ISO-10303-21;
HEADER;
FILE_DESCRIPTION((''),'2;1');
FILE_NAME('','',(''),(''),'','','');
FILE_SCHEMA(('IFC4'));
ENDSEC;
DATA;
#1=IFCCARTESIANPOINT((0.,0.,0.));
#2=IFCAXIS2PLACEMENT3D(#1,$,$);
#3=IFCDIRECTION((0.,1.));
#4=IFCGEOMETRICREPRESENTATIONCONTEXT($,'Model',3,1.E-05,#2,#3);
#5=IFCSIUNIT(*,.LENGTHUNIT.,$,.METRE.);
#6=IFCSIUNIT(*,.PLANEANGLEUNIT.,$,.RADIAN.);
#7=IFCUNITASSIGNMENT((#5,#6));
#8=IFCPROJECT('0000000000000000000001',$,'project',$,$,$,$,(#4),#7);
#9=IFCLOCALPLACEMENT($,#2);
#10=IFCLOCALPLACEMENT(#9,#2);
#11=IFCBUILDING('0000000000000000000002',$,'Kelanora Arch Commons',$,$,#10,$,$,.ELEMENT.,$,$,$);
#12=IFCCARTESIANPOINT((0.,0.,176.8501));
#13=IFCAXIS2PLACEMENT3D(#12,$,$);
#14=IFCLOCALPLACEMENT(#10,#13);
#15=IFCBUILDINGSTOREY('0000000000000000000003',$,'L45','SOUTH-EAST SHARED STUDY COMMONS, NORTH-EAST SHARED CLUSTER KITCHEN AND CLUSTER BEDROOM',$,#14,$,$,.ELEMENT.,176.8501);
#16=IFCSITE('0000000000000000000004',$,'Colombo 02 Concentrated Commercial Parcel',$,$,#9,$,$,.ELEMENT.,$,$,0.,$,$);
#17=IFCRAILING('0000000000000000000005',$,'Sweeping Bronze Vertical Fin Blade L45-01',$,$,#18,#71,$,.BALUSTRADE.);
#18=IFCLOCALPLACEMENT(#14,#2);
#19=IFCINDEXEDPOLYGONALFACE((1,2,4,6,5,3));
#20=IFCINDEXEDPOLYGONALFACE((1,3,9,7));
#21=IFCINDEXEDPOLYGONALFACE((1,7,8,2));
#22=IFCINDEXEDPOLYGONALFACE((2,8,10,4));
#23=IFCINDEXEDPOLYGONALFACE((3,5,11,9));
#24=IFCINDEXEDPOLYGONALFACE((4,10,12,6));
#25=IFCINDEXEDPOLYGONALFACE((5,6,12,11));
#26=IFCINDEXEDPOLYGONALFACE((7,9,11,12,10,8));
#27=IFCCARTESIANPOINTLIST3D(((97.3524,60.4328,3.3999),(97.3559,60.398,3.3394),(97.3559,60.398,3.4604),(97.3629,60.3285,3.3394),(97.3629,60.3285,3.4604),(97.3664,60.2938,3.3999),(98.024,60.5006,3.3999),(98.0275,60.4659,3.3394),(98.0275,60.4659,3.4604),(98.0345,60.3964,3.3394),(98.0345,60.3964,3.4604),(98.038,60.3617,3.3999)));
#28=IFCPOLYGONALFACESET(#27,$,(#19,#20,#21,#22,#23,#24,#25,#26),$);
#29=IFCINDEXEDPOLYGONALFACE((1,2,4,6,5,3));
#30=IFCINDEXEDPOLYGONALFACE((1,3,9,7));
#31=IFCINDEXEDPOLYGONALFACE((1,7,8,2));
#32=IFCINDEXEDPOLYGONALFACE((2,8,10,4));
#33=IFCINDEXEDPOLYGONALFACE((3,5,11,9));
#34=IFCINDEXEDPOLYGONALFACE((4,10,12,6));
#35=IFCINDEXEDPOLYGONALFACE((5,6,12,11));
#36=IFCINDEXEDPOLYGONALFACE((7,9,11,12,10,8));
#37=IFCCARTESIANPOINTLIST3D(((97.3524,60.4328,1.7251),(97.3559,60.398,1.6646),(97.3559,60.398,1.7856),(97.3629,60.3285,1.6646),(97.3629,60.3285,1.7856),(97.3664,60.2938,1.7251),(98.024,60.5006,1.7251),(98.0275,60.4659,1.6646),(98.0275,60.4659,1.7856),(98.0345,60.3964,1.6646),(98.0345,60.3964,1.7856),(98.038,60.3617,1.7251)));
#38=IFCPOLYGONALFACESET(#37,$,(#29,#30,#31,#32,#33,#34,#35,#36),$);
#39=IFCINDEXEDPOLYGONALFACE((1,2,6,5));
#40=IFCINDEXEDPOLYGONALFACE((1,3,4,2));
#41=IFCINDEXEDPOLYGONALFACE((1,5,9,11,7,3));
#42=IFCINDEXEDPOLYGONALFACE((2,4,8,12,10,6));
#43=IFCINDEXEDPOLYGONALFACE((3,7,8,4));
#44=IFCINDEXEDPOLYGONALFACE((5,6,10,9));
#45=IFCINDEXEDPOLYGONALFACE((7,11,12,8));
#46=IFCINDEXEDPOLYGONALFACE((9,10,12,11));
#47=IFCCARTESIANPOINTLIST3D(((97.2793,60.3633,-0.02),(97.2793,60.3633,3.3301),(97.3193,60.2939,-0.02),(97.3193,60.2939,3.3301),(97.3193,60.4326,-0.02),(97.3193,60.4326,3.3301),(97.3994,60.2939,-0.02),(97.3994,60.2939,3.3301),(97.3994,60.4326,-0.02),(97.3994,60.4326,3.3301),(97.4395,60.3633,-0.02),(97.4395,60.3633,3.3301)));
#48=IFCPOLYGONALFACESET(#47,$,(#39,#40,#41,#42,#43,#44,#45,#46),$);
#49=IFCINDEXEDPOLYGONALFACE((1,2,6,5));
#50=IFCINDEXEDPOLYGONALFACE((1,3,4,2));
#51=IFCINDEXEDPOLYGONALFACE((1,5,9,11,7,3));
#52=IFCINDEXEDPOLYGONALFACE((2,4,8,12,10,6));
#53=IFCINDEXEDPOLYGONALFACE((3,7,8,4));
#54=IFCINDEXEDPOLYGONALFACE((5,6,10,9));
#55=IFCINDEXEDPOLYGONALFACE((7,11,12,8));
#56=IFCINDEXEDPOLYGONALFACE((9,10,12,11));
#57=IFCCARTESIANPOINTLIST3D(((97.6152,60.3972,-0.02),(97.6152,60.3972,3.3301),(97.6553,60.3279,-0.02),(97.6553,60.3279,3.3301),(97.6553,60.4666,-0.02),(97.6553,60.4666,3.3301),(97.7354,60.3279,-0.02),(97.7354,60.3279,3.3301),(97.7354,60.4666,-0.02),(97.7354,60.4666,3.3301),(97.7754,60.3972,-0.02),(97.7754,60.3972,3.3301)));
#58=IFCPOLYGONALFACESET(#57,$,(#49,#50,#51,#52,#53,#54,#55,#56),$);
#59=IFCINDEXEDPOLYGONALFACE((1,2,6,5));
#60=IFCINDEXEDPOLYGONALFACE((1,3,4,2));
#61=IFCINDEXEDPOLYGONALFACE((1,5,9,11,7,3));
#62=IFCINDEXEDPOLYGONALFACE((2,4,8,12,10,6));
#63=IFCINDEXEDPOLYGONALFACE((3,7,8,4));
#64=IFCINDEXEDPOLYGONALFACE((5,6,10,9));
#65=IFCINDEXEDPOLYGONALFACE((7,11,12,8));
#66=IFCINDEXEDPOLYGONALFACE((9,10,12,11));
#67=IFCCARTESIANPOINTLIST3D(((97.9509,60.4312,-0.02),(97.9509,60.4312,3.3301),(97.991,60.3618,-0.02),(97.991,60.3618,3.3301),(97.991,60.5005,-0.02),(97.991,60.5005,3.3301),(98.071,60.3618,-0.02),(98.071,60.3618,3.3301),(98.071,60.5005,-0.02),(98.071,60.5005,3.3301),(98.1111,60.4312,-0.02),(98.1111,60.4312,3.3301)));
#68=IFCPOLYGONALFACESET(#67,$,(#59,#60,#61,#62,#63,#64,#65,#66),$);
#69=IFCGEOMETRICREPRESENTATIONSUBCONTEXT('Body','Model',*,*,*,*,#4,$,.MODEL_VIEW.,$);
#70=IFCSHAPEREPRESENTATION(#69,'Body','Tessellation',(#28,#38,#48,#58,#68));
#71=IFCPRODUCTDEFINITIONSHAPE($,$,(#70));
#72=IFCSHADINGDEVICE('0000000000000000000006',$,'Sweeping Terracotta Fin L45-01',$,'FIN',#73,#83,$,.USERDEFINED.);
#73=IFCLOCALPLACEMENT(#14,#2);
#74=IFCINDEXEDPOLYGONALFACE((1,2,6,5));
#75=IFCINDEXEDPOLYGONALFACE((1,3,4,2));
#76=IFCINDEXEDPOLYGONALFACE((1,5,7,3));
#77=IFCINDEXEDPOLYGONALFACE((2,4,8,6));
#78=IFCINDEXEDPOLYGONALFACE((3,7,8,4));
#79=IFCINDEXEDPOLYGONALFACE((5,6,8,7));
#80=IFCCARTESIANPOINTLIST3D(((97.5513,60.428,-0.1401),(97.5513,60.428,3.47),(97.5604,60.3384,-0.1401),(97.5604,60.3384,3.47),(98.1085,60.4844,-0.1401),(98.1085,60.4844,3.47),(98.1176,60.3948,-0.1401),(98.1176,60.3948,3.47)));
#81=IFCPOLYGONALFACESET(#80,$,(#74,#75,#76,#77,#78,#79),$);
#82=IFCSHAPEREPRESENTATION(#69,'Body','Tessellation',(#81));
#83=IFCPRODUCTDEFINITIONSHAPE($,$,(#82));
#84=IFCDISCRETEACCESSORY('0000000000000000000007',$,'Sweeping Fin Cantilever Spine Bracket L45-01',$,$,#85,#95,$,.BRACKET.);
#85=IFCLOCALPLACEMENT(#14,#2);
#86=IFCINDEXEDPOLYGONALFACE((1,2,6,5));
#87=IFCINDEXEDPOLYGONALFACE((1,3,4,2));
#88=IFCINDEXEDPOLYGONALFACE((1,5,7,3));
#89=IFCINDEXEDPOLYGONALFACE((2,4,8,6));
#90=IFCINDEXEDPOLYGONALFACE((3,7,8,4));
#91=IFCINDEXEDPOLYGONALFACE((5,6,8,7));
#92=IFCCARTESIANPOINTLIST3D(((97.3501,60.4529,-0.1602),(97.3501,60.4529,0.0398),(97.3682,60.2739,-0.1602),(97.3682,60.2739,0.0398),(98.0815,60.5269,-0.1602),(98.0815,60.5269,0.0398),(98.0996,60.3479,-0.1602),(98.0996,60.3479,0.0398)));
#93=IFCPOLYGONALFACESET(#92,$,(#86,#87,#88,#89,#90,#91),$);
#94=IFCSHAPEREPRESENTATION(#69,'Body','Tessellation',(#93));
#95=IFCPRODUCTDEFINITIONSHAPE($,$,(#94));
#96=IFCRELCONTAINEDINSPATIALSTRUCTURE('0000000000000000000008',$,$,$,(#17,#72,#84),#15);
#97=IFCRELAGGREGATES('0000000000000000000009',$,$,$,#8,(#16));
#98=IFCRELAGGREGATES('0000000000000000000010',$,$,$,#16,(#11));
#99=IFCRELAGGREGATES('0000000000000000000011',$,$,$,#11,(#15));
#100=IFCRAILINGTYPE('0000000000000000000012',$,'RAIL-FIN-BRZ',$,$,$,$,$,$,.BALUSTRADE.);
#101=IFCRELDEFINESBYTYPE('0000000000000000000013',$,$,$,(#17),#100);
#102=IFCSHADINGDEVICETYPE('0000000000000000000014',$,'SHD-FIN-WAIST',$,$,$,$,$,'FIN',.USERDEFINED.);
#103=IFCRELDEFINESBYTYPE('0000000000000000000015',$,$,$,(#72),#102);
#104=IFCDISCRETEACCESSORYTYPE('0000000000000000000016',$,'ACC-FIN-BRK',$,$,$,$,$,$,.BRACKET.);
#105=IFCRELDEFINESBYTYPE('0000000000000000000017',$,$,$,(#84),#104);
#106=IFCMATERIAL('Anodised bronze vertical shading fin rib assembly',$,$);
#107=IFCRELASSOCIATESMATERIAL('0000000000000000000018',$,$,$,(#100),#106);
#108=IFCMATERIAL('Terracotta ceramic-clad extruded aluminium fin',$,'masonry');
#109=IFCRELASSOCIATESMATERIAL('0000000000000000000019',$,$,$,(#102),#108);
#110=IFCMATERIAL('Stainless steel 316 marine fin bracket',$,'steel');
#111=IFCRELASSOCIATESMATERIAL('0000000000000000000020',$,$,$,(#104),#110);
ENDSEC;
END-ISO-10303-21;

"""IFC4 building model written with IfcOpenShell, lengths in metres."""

from ifc_helpers import new_model, si_unit, direction, frame, origin, origin_2d, place, context, subcontext, project, spatial, polyline, rectangle, outline, extrude, source, transform, mapped, material, type_object, element, save


model = new_model("IFC4")

# Units and contexts
model_context = context("Model", 3, precision=1e-05, world=origin(), true_north=direction((0.0, 1.0)))
body_context = subcontext(model_context, "Body", "Model", "MODEL_VIEW")
ifc_project = project(units=[si_unit("LENGTHUNIT", "METRE"), si_unit("PLANEANGLEUNIT", "RADIAN")], contexts=[model_context])

# Site, building, storey
site_placement = place(None, origin())
site = spatial("IfcSite", under=ifc_project, at=site_placement, Name="Colombo 02 Concentrated Commercial Parcel", CompositionType="ELEMENT", RefElevation=0.0)
building_placement = place(site_placement, origin())
building = spatial("IfcBuilding", under=site, at=building_placement, Name="Kelanora Arch Commons", CompositionType="ELEMENT")
storey_placement = place(building_placement, frame((0.0, 0.0, 176.8501)))
storey = spatial("IfcBuildingStorey", under=building, at=storey_placement, Name="L45", Description="SOUTH-EAST SHARED STUDY COMMONS, NORTH-EAST SHARED CLUSTER KITCHEN AND CLUSTER BEDROOM", CompositionType="ELEMENT", Elevation=176.8501)

# Railing
ifc_material_1 = material(Name="Anodised bronze vertical shading fin rib assembly")
railing_type = type_object("IfcRailingType", Name="RAIL-FIN-BRZ", PredefinedType="BALUSTRADE", material=ifc_material_1)
railing_placement = place(storey_placement, frame((97.3594, 60.3633, -0.02)))
element("IfcRailing", 1, at=railing_placement, inside=storey, type_object=railing_type, Name="Sweeping Bronze Vertical Fin Blade L45-01", PredefinedType="BALUSTRADE", context=body_context, shape_type="SweptSolid", body=[
    extrude(outline(polyline([(0.0698, 0.0), (0.0349, 0.0605), (-0.0349, 0.0605), (-0.0698, 0.0), (-0.0349, -0.0605), (0.0349, -0.0605), (0.0698, 0.0)])), frame((0.0, 0.0, 3.4199), z_axis=(0.994933, 0.100542, 0.0), x_axis=(-0.100542, 0.994933, 0.0)), (0.0, 0.0, 1.0), 0.675),
    extrude(outline(polyline([(0.0698, 0.0), (0.0349, 0.0605), (-0.0349, 0.0605), (-0.0698, 0.0), (-0.0349, -0.0605), (0.0349, -0.0605), (0.0698, 0.0)])), frame((0.0, 0.0, 1.7451), z_axis=(0.994933, 0.100542, 0.0), x_axis=(-0.100542, 0.994933, 0.0)), (0.0, 0.0, 1.0), 0.675),
    extrude(outline(polyline([(0.0801, 0.0), (0.04, 0.0693), (-0.04, 0.0693), (-0.0801, 0.0), (-0.04, -0.0693), (0.04, -0.0693), (0.0801, 0.0)])), origin(), (0.0, 0.0, 1.0), 3.3501),
    extrude(outline(polyline([(0.0801, 0.0), (0.04, 0.0693), (-0.04, 0.0693), (-0.0801, 0.0), (-0.04, -0.0693), (0.04, -0.0693), (0.0801, 0.0)])), frame((0.3359, 0.0339, 0.0)), (0.0, 0.0, 1.0), 3.3501),
    extrude(outline(polyline([(0.0801, 0.0), (0.04, 0.0693), (-0.04, 0.0693), (-0.0801, 0.0), (-0.04, -0.0693), (0.04, -0.0693), (0.0801, 0.0)])), frame((0.6716, 0.0679, 0.0)), (0.0, 0.0, 1.0), 3.3501),
])

# Shading device
ifc_material_2 = material(Name="Terracotta ceramic-clad extruded aluminium fin", Category="masonry")
shading_device_type = type_object("IfcShadingDeviceType", Name="SHD-FIN-WAIST", ElementType="FIN", PredefinedType="USERDEFINED", material=ifc_material_2)
shared_shape_1 = source(origin(), body_context, "Body", "SweptSolid", [
    extrude(rectangle(XDim=0.5601, YDim=0.0901, at=origin_2d()), origin(), (0.0, 0.0, 1.0), 3.6101),
])
shading_device_placement = place(storey_placement, frame((97.8345, 60.4114, -0.1401), z_axis=(0.0, 0.0, 1.0), x_axis=(0.994916, 0.100709, 0.0)))
element("IfcShadingDevice", 2, at=shading_device_placement, inside=storey, type_object=shading_device_type, Name="Sweeping Terracotta Fin L45-01", ObjectType="FIN", PredefinedType="USERDEFINED", context=body_context, shape_type="MappedRepresentation", body=[
    mapped(shared_shape_1, transform((0.0, 0.0, 0.0), scale=1.0)),
])

# Discrete accessory
ifc_material_3 = material(Name="Stainless steel 316 marine fin bracket", Category="steel")
discrete_accessory_type = type_object("IfcDiscreteAccessoryType", Name="ACC-FIN-BRK", PredefinedType="BRACKET", material=ifc_material_3)
shared_shape_2 = source(origin(), body_context, "Body", "SweptSolid", [
    extrude(rectangle(XDim=0.7351, YDim=0.1799, at=origin_2d()), origin(), (0.0, 0.0, 1.0), 0.2),
])
discrete_accessory_placement = place(storey_placement, frame((97.7249, 60.4004, -0.1602), z_axis=(0.0, 0.0, 1.0), x_axis=(0.994916, 0.100709, 0.0)))
element("IfcDiscreteAccessory", 3, at=discrete_accessory_placement, inside=storey, type_object=discrete_accessory_type, Name="Sweeping Fin Cantilever Spine Bracket L45-01", PredefinedType="BRACKET", context=body_context, shape_type="MappedRepresentation", body=[
    mapped(shared_shape_2, transform((0.0, 0.0, 0.0), scale=1.0)),
])

save(model, "model.ifc")
